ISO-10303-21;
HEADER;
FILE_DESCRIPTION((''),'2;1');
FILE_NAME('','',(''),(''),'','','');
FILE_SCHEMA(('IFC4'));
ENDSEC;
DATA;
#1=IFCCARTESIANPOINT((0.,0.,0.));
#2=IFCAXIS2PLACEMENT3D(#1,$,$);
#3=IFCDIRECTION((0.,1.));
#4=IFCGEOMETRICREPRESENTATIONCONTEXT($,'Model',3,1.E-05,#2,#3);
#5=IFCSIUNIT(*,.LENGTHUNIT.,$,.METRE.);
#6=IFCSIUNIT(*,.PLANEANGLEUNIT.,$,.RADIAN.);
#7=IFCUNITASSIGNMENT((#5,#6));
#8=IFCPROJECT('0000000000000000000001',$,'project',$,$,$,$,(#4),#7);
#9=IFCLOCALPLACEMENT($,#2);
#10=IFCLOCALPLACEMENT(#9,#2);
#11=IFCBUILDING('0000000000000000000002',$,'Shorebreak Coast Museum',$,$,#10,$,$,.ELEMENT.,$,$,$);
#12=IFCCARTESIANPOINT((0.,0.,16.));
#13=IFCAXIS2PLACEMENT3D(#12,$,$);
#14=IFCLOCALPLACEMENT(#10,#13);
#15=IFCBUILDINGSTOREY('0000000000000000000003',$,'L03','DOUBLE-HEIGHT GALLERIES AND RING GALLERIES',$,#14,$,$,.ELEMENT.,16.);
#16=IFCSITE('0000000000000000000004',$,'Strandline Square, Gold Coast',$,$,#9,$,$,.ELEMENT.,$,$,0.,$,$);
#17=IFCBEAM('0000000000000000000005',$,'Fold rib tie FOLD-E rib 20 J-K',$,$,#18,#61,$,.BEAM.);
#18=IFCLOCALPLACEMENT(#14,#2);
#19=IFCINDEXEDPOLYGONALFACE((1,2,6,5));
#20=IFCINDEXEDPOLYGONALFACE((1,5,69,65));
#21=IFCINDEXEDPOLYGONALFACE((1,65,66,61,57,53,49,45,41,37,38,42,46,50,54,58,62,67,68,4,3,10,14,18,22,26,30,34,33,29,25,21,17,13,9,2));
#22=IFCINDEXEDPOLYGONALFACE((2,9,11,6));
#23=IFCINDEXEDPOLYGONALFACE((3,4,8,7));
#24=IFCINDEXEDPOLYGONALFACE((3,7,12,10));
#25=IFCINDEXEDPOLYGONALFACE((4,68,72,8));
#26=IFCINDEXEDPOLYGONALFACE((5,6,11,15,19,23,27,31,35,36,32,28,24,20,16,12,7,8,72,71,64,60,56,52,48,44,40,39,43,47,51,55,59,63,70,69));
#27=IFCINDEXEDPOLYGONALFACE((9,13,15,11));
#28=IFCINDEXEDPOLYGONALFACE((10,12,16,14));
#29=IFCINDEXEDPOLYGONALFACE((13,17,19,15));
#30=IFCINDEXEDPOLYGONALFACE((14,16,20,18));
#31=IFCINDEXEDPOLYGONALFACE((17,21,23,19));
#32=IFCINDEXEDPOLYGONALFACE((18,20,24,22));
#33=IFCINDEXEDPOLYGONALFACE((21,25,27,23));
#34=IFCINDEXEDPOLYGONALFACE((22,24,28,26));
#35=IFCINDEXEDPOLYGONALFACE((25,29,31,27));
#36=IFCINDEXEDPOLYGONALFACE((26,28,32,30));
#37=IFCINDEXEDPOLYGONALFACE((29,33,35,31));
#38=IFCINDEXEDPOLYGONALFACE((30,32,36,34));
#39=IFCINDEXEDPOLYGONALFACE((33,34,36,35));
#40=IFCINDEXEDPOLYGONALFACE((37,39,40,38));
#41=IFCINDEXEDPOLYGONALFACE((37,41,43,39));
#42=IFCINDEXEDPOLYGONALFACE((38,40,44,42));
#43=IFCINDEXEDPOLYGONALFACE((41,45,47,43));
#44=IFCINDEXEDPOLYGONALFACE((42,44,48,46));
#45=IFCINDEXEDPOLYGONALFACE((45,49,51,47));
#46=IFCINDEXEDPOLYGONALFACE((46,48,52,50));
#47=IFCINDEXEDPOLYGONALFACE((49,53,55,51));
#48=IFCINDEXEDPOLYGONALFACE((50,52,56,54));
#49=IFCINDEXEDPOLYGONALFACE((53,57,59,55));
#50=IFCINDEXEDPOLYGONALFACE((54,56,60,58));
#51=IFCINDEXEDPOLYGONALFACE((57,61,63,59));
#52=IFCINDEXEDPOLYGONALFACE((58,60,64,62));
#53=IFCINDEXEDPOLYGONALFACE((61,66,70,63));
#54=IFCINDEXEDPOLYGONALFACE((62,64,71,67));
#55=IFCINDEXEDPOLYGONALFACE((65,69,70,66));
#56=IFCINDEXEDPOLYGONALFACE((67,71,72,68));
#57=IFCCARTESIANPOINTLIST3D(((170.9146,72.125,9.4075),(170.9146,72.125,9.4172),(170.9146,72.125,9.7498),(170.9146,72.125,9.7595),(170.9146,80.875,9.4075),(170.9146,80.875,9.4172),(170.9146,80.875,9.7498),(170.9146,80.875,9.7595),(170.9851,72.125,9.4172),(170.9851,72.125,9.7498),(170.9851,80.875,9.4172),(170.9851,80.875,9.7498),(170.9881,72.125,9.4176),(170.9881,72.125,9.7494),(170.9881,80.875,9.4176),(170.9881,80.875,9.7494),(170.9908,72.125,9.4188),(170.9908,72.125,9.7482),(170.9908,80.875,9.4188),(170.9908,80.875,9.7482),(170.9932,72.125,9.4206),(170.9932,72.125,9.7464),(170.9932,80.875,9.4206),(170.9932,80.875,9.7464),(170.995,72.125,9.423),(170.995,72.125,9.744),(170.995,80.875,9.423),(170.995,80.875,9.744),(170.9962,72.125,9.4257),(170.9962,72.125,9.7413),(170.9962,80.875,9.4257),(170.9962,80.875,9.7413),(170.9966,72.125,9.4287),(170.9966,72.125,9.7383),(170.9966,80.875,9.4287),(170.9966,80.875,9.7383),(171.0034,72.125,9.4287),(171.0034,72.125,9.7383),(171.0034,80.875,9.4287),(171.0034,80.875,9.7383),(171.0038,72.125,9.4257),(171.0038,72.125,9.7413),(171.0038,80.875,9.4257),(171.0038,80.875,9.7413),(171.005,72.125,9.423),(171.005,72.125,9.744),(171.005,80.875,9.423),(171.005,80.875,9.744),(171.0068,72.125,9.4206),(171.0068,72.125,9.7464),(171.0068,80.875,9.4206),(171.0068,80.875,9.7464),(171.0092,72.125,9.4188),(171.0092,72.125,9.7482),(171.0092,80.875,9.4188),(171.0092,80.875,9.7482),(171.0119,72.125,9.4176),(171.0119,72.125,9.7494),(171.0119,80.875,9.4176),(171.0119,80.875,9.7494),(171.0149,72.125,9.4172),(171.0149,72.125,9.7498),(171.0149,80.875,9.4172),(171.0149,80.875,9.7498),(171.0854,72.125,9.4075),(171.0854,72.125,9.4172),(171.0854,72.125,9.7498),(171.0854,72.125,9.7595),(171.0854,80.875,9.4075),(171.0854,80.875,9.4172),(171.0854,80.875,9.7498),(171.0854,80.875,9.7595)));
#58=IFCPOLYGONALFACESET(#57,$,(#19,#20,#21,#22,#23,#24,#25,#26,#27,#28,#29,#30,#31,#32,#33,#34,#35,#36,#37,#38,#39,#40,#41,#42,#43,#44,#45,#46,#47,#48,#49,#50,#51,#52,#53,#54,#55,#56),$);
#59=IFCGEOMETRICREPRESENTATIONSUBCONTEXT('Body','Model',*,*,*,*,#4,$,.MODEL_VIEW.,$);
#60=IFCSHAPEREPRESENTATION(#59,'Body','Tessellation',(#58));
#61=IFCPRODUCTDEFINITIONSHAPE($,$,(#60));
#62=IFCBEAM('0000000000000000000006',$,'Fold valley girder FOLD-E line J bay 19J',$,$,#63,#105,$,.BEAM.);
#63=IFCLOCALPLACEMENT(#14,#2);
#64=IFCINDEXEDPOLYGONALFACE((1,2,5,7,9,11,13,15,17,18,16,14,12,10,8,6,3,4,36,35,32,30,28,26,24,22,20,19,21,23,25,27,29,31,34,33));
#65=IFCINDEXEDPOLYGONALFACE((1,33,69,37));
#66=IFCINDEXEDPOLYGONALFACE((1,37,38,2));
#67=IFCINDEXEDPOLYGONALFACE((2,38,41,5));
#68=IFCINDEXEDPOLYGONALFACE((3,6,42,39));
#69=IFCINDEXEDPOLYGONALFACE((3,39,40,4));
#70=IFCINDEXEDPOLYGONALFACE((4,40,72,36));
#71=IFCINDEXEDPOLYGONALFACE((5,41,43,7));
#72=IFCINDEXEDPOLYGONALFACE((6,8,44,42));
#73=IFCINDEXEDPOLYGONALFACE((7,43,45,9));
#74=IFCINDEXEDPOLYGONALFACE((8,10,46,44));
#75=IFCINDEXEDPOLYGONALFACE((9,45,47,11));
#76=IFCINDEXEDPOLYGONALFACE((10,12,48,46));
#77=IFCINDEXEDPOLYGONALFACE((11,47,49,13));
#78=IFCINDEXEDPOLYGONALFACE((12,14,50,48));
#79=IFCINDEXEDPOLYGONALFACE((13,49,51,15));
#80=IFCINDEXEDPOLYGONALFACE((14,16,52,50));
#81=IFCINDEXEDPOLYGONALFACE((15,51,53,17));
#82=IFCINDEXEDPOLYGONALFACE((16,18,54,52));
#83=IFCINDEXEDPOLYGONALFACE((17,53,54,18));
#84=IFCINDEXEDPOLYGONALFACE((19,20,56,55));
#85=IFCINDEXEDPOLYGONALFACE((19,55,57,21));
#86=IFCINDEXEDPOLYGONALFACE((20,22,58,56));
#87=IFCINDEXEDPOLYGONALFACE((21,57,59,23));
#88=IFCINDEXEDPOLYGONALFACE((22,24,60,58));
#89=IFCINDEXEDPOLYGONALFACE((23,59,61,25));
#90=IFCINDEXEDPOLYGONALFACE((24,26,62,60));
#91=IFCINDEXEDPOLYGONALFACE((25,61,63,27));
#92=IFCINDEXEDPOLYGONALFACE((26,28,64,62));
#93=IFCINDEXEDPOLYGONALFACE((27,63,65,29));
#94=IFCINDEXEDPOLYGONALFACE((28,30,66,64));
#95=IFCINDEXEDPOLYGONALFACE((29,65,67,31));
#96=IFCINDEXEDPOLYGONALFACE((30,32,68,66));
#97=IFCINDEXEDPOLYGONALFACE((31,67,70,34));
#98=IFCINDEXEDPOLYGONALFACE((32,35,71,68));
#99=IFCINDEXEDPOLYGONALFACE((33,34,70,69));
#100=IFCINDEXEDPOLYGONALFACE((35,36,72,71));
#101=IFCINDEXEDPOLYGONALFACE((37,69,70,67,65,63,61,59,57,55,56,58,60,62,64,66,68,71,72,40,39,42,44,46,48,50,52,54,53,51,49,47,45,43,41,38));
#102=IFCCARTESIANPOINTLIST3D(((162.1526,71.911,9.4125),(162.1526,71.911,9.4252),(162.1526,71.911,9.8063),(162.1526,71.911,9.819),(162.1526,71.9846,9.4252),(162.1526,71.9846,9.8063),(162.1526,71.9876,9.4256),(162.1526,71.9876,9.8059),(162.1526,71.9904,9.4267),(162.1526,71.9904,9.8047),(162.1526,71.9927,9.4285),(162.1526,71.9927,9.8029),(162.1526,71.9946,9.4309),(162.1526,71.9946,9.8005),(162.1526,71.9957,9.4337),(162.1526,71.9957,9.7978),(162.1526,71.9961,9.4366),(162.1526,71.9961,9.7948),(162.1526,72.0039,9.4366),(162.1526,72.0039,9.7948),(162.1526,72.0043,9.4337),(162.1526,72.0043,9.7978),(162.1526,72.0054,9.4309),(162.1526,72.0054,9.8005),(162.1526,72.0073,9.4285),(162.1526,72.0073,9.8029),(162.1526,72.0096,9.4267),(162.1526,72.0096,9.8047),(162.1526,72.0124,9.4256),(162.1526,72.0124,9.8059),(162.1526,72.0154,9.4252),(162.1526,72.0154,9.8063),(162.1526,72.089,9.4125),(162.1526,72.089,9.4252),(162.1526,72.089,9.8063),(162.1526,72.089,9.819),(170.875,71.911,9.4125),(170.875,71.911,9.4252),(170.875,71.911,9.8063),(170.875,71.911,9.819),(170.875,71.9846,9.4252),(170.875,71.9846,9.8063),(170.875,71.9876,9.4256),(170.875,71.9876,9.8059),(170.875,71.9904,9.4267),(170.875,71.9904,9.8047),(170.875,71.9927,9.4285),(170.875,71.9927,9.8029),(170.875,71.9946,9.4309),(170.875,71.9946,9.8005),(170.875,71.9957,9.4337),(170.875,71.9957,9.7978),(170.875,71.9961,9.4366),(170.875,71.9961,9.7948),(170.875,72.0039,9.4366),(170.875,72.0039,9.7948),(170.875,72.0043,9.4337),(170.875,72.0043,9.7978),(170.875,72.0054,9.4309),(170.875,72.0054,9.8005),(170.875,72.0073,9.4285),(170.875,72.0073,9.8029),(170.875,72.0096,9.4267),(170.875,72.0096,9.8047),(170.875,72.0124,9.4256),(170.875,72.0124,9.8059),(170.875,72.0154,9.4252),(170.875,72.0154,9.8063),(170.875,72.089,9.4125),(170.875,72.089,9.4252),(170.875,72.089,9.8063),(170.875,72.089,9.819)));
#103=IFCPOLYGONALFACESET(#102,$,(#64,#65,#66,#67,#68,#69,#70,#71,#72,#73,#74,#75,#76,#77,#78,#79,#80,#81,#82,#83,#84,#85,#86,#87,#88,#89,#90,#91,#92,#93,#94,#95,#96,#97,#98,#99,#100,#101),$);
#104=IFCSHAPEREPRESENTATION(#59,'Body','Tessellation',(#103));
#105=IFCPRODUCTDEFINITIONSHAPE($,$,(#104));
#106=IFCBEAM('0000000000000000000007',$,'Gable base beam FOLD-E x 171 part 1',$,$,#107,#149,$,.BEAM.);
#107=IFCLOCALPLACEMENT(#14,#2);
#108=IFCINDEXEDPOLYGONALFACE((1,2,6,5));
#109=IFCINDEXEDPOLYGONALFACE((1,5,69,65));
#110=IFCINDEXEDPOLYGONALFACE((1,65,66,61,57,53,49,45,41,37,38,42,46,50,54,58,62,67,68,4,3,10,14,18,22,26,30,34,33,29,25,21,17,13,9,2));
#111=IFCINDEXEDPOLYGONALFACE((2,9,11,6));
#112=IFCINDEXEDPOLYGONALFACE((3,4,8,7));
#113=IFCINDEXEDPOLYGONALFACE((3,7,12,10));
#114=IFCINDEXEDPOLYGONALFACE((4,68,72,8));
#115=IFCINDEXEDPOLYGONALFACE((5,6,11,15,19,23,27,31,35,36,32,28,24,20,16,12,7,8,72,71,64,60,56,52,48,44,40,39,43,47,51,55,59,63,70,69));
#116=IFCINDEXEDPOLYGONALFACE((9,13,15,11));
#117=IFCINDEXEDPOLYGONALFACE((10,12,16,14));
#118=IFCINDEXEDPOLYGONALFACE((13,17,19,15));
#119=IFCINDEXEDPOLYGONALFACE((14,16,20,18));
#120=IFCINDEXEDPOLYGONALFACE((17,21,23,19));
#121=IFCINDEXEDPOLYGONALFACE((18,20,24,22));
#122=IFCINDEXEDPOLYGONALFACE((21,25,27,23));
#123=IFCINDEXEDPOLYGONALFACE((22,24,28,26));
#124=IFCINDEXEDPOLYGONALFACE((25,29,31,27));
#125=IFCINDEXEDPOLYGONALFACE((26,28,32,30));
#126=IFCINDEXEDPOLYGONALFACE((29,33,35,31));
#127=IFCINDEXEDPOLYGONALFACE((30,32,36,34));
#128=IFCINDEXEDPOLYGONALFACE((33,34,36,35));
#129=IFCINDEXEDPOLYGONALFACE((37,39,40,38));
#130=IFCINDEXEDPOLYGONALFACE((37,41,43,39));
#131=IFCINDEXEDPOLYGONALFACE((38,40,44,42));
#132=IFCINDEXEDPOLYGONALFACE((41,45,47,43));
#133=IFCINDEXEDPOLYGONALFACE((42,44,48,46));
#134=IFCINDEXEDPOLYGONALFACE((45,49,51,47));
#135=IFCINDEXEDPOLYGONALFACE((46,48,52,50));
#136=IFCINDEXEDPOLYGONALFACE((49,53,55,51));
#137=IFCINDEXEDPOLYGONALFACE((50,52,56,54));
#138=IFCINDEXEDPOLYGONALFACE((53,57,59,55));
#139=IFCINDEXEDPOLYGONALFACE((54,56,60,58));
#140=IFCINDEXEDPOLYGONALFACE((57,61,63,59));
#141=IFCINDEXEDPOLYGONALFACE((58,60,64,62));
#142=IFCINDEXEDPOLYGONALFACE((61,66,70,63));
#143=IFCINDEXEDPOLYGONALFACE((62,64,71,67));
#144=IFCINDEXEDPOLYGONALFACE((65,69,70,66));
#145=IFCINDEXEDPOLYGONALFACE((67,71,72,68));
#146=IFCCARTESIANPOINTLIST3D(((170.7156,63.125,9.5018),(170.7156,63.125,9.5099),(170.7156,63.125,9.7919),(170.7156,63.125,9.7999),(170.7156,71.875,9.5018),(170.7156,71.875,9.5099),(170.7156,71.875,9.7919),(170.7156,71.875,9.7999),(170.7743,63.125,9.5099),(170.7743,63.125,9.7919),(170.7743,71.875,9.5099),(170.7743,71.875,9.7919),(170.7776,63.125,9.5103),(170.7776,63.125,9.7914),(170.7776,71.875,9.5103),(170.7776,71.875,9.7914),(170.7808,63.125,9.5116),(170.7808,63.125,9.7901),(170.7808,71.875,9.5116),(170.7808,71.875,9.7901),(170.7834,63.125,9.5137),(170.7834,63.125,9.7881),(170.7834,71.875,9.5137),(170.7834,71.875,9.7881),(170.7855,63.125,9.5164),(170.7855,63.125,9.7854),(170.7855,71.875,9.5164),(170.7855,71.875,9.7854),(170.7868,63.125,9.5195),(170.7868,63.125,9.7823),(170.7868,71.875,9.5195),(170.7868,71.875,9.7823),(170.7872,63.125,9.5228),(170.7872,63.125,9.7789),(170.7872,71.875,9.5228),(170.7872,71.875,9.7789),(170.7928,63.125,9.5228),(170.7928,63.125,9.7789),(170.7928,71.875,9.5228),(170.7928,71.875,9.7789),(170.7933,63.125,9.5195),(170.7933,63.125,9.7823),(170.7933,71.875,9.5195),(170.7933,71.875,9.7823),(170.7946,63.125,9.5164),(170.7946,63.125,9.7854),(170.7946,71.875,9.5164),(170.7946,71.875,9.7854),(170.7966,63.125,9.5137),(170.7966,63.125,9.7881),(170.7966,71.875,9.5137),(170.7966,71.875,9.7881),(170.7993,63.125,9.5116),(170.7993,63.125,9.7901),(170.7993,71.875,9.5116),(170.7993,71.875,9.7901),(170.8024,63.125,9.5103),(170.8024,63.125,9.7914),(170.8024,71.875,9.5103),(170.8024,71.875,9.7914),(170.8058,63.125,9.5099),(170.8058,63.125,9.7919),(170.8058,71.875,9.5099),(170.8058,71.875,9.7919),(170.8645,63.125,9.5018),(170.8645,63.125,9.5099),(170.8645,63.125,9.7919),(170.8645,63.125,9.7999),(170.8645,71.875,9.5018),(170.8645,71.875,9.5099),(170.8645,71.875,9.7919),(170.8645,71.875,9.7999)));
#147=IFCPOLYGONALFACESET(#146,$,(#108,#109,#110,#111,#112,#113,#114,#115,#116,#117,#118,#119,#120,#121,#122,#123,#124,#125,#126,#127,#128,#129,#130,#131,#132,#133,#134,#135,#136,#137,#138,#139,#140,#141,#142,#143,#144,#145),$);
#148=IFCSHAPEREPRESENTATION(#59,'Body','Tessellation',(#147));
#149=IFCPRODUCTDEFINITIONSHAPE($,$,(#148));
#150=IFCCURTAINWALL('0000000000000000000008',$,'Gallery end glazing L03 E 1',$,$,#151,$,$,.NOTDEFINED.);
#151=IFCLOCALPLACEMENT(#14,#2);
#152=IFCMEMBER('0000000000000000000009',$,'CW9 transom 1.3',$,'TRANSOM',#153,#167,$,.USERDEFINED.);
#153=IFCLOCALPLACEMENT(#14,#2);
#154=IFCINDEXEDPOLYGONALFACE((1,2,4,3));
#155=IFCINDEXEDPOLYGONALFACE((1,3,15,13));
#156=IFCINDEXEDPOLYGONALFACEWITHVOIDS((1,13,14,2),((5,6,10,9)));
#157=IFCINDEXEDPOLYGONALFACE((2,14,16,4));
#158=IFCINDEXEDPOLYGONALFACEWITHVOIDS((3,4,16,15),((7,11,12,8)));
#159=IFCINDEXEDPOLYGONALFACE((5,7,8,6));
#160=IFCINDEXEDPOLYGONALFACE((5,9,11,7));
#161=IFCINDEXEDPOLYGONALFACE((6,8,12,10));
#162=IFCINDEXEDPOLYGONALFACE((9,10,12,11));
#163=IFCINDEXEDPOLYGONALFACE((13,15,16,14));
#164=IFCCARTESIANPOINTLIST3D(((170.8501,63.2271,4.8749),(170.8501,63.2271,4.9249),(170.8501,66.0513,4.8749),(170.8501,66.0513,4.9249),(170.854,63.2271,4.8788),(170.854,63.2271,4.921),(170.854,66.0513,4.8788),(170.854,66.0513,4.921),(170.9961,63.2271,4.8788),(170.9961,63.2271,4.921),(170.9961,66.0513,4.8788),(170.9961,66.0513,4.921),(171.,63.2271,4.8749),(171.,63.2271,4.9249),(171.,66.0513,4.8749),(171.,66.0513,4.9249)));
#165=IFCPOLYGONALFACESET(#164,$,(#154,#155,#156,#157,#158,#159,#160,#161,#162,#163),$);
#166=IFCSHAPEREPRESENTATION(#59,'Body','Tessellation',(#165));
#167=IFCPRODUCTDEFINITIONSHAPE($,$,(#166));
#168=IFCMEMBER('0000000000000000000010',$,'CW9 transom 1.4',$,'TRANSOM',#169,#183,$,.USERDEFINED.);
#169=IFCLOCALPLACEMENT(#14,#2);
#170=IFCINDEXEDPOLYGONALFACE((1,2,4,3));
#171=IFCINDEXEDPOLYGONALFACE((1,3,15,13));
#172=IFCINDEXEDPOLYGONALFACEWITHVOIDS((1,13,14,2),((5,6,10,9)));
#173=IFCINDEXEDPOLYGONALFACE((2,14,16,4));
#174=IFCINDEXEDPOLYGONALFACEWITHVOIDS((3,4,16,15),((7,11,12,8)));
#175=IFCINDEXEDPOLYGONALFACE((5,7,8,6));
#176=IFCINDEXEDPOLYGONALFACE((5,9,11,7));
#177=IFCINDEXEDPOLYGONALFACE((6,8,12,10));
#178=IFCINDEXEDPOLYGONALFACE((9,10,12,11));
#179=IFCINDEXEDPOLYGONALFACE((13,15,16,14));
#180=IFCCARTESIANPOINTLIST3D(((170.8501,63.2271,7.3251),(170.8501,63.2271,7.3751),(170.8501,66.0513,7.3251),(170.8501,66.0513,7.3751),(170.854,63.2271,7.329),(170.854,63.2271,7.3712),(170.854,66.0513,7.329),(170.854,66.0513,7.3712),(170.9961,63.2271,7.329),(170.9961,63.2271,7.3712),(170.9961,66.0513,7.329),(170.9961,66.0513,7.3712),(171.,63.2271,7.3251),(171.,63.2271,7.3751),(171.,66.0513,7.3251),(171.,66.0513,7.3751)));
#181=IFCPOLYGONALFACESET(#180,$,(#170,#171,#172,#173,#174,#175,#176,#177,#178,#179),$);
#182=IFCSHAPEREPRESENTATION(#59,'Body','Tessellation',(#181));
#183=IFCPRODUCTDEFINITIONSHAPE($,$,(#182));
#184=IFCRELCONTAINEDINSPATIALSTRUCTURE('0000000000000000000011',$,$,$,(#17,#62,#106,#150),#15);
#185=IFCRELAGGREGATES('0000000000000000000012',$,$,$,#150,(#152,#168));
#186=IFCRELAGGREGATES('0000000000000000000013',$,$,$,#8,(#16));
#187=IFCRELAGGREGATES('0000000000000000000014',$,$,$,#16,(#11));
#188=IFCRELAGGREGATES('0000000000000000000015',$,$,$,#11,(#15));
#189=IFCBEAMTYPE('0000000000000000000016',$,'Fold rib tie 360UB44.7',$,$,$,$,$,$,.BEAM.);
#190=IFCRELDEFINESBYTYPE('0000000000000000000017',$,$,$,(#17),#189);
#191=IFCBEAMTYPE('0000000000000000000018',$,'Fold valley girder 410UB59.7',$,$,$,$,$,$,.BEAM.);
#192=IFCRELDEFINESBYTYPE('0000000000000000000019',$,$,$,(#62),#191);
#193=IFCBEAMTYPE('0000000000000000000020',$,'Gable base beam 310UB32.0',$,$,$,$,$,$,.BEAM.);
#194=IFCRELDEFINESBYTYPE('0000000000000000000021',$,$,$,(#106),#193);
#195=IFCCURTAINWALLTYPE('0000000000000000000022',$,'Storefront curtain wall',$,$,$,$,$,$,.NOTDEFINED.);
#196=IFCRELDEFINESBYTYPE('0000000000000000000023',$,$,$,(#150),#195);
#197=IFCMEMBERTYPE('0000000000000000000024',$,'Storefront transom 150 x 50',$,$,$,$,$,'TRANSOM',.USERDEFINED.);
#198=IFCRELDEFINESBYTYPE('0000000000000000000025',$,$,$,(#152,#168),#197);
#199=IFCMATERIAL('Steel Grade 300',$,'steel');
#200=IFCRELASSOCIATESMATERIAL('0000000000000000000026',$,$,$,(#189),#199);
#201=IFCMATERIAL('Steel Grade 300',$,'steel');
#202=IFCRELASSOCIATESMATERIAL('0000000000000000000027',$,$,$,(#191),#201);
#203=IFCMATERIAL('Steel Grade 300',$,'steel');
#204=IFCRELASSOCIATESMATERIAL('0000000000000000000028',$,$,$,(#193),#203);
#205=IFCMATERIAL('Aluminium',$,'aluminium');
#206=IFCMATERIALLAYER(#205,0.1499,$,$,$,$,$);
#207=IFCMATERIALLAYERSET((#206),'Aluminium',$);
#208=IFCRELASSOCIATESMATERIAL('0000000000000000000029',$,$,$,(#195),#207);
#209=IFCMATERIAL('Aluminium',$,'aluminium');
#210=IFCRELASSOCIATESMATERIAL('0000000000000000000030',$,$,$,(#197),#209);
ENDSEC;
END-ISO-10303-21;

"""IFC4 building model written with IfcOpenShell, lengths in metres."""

from ifc_helpers import new_model, si_unit, direction, frame, origin, origin_2d, place, context, subcontext, project, spatial, hollow_rectangle, i_section, extrude, material, layer, layer_set, material_profile, profile_set, type_object, element, aggregate, save


model = new_model("IFC4")

# Units and contexts
model_context = context("Model", 3, precision=1e-05, world=origin(), true_north=direction((0.0, 1.0)))
body_context = subcontext(model_context, "Body", "Model", "MODEL_VIEW")
ifc_project = project(units=[si_unit("LENGTHUNIT", "METRE"), si_unit("PLANEANGLEUNIT", "RADIAN")], contexts=[model_context])

# Site, building, storey
site_placement = place(None, origin())
site = spatial("IfcSite", under=ifc_project, at=site_placement, Name="Strandline Square, Gold Coast", CompositionType="ELEMENT", RefElevation=0.0)
building_placement = place(site_placement, origin())
building = spatial("IfcBuilding", under=site, at=building_placement, Name="Shorebreak Coast Museum", CompositionType="ELEMENT")
storey_placement = place(building_placement, frame((0.0, 0.0, 16.0)))
storey = spatial("IfcBuildingStorey", under=building, at=storey_placement, Name="L03", Description="DOUBLE-HEIGHT GALLERIES AND RING GALLERIES", CompositionType="ELEMENT", Elevation=16.0)

# Beams
ifc_material_1 = material(Name="Steel Grade 300", Category="steel")
ifc_material_profile_1 = material_profile(ifc_material_1, i_section(OverallWidth=0.1709, OverallDepth=0.3521, WebThickness=0.0068, FlangeThickness=0.0098, FilletRadius=0.0115, at=origin_2d()), Name="360UB44.7")
ifc_profile_set_1 = profile_set([ifc_material_profile_1], Name="Steel Grade 300")
beam_type_1 = type_object("IfcBeamType", Name="Fold rib tie 360UB44.7", PredefinedType="BEAM", material=ifc_profile_set_1)
for number, where, z_axis, x_axis, name in (
    (1, (171.0, 72.125, 9.5835), (0.0, 1.0, 0.0), (-1.0, 0.0, 0.0), "Fold rib tie FOLD-E rib 20 J-K"),
):
    element("IfcBeam", number, at=place(storey_placement, frame(where, z_axis=z_axis, x_axis=x_axis)), inside=storey, type_object=beam_type_1, Name=name, PredefinedType="BEAM", context=body_context, shape_type="SweptSolid", body=[
        extrude(i_section(OverallWidth=0.1709, OverallDepth=0.3521, WebThickness=0.0068, FlangeThickness=0.0098, FilletRadius=0.0115, at=origin_2d()), origin(), (0.0, 0.0, 1.0), 8.75),
    ])
ifc_material_2 = material(Name="Steel Grade 300", Category="steel")
ifc_material_profile_2 = material_profile(ifc_material_2, i_section(OverallWidth=0.178, OverallDepth=0.4065, WebThickness=0.0078, FlangeThickness=0.0127, FilletRadius=0.0115, at=origin_2d()), Name="410UB59.7")
ifc_profile_set_2 = profile_set([ifc_material_profile_2], Name="Steel Grade 300")
beam_type_2 = type_object("IfcBeamType", Name="Fold valley girder 410UB59.7", PredefinedType="BEAM", material=ifc_profile_set_2)
beam_1_placement = place(storey_placement, frame((162.1526, 72.0, 9.6157), z_axis=(1.0, 0.0, 0.0), x_axis=(0.0, 1.0, 0.0)))
element("IfcBeam", 2, at=beam_1_placement, inside=storey, type_object=beam_type_2, Name="Fold valley girder FOLD-E line J bay 19J", PredefinedType="BEAM", context=body_context, shape_type="SweptSolid", body=[
    extrude(i_section(OverallWidth=0.178, OverallDepth=0.4065, WebThickness=0.0078, FlangeThickness=0.0127, FilletRadius=0.0115, at=origin_2d()), origin(), (0.0, 0.0, 1.0), 8.7224),
])
ifc_material_3 = material(Name="Steel Grade 300", Category="steel")
ifc_material_profile_3 = material_profile(ifc_material_3, i_section(OverallWidth=0.1489, OverallDepth=0.2981, WebThickness=0.0056, FlangeThickness=0.0081, FilletRadius=0.0129, at=origin_2d()), Name="310UB32.0")
ifc_profile_set_3 = profile_set([ifc_material_profile_3], Name="Steel Grade 300")
beam_type_3 = type_object("IfcBeamType", Name="Gable base beam 310UB32.0", PredefinedType="BEAM", material=ifc_profile_set_3)
beam_2_placement = place(storey_placement, frame((170.79, 63.125, 9.6509), z_axis=(0.0, 1.0, 0.0), x_axis=(-1.0, 0.0, 0.0)))
element("IfcBeam", 3, at=beam_2_placement, inside=storey, type_object=beam_type_3, Name="Gable base beam FOLD-E x 171 part 1", PredefinedType="BEAM", context=body_context, shape_type="SweptSolid", body=[
    extrude(i_section(OverallWidth=0.1489, OverallDepth=0.2981, WebThickness=0.0056, FlangeThickness=0.0081, FilletRadius=0.0129, at=origin_2d()), origin(), (0.0, 0.0, 1.0), 8.75),
])

# Curtain wall, members
ifc_material_4 = material(Name="Aluminium", Category="aluminium")
ifc_layer_1 = layer(ifc_material_4, 0.1499)
ifc_layer_set_1 = layer_set([ifc_layer_1], Name="Aluminium")
curtain_wall_type = type_object("IfcCurtainWallType", Name="Storefront curtain wall", PredefinedType="NOTDEFINED", material=ifc_layer_set_1)
curtain_wall_1_placement = place(storey_placement, origin())
curtain_wall_1 = element("IfcCurtainWall", 4, at=curtain_wall_1_placement, inside=storey, type_object=curtain_wall_type, Name="Gallery end glazing L03 E 1", PredefinedType="NOTDEFINED")
ifc_material_5 = material(Name="Aluminium", Category="aluminium")
ifc_material_profile_4 = material_profile(ifc_material_5, hollow_rectangle(XDim=0.1499, YDim=0.05, WallThickness=0.0039, at=origin_2d()), Name="AL 50x150 RHS")
ifc_profile_set_4 = profile_set([ifc_material_profile_4], Name="Aluminium")
member_type_1 = type_object("IfcMemberType", Name="Storefront transom 150 x 50", ElementType="TRANSOM", PredefinedType="USERDEFINED", material=ifc_profile_set_4)
member_1_placement = place(storey_placement, frame((170.925, 63.2271, 4.8999), z_axis=(0.0, 1.0, 0.0), x_axis=(-1.0, 0.0, 0.0)))
member_1 = element("IfcMember", 5, at=member_1_placement, type_object=member_type_1, Name="CW9 transom 1.3", ObjectType="TRANSOM", PredefinedType="USERDEFINED", context=body_context, shape_type="SweptSolid", body=[
    extrude(hollow_rectangle(XDim=0.1499, YDim=0.05, WallThickness=0.0039, at=origin_2d()), origin(), (0.0, 0.0, 1.0), 2.8242),
])
member_2_placement = place(storey_placement, frame((170.925, 63.2271, 7.3501), z_axis=(0.0, 1.0, 0.0), x_axis=(-1.0, 0.0, 0.0)))
member_2 = element("IfcMember", 6, at=member_2_placement, type_object=member_type_1, Name="CW9 transom 1.4", ObjectType="TRANSOM", PredefinedType="USERDEFINED", context=body_context, shape_type="SweptSolid", body=[
    extrude(hollow_rectangle(XDim=0.1499, YDim=0.05, WallThickness=0.0039, at=origin_2d()), origin(), (0.0, 0.0, 1.0), 2.8242),
])

aggregate(curtain_wall_1, [member_1, member_2])

save(model, "model.ifc")
